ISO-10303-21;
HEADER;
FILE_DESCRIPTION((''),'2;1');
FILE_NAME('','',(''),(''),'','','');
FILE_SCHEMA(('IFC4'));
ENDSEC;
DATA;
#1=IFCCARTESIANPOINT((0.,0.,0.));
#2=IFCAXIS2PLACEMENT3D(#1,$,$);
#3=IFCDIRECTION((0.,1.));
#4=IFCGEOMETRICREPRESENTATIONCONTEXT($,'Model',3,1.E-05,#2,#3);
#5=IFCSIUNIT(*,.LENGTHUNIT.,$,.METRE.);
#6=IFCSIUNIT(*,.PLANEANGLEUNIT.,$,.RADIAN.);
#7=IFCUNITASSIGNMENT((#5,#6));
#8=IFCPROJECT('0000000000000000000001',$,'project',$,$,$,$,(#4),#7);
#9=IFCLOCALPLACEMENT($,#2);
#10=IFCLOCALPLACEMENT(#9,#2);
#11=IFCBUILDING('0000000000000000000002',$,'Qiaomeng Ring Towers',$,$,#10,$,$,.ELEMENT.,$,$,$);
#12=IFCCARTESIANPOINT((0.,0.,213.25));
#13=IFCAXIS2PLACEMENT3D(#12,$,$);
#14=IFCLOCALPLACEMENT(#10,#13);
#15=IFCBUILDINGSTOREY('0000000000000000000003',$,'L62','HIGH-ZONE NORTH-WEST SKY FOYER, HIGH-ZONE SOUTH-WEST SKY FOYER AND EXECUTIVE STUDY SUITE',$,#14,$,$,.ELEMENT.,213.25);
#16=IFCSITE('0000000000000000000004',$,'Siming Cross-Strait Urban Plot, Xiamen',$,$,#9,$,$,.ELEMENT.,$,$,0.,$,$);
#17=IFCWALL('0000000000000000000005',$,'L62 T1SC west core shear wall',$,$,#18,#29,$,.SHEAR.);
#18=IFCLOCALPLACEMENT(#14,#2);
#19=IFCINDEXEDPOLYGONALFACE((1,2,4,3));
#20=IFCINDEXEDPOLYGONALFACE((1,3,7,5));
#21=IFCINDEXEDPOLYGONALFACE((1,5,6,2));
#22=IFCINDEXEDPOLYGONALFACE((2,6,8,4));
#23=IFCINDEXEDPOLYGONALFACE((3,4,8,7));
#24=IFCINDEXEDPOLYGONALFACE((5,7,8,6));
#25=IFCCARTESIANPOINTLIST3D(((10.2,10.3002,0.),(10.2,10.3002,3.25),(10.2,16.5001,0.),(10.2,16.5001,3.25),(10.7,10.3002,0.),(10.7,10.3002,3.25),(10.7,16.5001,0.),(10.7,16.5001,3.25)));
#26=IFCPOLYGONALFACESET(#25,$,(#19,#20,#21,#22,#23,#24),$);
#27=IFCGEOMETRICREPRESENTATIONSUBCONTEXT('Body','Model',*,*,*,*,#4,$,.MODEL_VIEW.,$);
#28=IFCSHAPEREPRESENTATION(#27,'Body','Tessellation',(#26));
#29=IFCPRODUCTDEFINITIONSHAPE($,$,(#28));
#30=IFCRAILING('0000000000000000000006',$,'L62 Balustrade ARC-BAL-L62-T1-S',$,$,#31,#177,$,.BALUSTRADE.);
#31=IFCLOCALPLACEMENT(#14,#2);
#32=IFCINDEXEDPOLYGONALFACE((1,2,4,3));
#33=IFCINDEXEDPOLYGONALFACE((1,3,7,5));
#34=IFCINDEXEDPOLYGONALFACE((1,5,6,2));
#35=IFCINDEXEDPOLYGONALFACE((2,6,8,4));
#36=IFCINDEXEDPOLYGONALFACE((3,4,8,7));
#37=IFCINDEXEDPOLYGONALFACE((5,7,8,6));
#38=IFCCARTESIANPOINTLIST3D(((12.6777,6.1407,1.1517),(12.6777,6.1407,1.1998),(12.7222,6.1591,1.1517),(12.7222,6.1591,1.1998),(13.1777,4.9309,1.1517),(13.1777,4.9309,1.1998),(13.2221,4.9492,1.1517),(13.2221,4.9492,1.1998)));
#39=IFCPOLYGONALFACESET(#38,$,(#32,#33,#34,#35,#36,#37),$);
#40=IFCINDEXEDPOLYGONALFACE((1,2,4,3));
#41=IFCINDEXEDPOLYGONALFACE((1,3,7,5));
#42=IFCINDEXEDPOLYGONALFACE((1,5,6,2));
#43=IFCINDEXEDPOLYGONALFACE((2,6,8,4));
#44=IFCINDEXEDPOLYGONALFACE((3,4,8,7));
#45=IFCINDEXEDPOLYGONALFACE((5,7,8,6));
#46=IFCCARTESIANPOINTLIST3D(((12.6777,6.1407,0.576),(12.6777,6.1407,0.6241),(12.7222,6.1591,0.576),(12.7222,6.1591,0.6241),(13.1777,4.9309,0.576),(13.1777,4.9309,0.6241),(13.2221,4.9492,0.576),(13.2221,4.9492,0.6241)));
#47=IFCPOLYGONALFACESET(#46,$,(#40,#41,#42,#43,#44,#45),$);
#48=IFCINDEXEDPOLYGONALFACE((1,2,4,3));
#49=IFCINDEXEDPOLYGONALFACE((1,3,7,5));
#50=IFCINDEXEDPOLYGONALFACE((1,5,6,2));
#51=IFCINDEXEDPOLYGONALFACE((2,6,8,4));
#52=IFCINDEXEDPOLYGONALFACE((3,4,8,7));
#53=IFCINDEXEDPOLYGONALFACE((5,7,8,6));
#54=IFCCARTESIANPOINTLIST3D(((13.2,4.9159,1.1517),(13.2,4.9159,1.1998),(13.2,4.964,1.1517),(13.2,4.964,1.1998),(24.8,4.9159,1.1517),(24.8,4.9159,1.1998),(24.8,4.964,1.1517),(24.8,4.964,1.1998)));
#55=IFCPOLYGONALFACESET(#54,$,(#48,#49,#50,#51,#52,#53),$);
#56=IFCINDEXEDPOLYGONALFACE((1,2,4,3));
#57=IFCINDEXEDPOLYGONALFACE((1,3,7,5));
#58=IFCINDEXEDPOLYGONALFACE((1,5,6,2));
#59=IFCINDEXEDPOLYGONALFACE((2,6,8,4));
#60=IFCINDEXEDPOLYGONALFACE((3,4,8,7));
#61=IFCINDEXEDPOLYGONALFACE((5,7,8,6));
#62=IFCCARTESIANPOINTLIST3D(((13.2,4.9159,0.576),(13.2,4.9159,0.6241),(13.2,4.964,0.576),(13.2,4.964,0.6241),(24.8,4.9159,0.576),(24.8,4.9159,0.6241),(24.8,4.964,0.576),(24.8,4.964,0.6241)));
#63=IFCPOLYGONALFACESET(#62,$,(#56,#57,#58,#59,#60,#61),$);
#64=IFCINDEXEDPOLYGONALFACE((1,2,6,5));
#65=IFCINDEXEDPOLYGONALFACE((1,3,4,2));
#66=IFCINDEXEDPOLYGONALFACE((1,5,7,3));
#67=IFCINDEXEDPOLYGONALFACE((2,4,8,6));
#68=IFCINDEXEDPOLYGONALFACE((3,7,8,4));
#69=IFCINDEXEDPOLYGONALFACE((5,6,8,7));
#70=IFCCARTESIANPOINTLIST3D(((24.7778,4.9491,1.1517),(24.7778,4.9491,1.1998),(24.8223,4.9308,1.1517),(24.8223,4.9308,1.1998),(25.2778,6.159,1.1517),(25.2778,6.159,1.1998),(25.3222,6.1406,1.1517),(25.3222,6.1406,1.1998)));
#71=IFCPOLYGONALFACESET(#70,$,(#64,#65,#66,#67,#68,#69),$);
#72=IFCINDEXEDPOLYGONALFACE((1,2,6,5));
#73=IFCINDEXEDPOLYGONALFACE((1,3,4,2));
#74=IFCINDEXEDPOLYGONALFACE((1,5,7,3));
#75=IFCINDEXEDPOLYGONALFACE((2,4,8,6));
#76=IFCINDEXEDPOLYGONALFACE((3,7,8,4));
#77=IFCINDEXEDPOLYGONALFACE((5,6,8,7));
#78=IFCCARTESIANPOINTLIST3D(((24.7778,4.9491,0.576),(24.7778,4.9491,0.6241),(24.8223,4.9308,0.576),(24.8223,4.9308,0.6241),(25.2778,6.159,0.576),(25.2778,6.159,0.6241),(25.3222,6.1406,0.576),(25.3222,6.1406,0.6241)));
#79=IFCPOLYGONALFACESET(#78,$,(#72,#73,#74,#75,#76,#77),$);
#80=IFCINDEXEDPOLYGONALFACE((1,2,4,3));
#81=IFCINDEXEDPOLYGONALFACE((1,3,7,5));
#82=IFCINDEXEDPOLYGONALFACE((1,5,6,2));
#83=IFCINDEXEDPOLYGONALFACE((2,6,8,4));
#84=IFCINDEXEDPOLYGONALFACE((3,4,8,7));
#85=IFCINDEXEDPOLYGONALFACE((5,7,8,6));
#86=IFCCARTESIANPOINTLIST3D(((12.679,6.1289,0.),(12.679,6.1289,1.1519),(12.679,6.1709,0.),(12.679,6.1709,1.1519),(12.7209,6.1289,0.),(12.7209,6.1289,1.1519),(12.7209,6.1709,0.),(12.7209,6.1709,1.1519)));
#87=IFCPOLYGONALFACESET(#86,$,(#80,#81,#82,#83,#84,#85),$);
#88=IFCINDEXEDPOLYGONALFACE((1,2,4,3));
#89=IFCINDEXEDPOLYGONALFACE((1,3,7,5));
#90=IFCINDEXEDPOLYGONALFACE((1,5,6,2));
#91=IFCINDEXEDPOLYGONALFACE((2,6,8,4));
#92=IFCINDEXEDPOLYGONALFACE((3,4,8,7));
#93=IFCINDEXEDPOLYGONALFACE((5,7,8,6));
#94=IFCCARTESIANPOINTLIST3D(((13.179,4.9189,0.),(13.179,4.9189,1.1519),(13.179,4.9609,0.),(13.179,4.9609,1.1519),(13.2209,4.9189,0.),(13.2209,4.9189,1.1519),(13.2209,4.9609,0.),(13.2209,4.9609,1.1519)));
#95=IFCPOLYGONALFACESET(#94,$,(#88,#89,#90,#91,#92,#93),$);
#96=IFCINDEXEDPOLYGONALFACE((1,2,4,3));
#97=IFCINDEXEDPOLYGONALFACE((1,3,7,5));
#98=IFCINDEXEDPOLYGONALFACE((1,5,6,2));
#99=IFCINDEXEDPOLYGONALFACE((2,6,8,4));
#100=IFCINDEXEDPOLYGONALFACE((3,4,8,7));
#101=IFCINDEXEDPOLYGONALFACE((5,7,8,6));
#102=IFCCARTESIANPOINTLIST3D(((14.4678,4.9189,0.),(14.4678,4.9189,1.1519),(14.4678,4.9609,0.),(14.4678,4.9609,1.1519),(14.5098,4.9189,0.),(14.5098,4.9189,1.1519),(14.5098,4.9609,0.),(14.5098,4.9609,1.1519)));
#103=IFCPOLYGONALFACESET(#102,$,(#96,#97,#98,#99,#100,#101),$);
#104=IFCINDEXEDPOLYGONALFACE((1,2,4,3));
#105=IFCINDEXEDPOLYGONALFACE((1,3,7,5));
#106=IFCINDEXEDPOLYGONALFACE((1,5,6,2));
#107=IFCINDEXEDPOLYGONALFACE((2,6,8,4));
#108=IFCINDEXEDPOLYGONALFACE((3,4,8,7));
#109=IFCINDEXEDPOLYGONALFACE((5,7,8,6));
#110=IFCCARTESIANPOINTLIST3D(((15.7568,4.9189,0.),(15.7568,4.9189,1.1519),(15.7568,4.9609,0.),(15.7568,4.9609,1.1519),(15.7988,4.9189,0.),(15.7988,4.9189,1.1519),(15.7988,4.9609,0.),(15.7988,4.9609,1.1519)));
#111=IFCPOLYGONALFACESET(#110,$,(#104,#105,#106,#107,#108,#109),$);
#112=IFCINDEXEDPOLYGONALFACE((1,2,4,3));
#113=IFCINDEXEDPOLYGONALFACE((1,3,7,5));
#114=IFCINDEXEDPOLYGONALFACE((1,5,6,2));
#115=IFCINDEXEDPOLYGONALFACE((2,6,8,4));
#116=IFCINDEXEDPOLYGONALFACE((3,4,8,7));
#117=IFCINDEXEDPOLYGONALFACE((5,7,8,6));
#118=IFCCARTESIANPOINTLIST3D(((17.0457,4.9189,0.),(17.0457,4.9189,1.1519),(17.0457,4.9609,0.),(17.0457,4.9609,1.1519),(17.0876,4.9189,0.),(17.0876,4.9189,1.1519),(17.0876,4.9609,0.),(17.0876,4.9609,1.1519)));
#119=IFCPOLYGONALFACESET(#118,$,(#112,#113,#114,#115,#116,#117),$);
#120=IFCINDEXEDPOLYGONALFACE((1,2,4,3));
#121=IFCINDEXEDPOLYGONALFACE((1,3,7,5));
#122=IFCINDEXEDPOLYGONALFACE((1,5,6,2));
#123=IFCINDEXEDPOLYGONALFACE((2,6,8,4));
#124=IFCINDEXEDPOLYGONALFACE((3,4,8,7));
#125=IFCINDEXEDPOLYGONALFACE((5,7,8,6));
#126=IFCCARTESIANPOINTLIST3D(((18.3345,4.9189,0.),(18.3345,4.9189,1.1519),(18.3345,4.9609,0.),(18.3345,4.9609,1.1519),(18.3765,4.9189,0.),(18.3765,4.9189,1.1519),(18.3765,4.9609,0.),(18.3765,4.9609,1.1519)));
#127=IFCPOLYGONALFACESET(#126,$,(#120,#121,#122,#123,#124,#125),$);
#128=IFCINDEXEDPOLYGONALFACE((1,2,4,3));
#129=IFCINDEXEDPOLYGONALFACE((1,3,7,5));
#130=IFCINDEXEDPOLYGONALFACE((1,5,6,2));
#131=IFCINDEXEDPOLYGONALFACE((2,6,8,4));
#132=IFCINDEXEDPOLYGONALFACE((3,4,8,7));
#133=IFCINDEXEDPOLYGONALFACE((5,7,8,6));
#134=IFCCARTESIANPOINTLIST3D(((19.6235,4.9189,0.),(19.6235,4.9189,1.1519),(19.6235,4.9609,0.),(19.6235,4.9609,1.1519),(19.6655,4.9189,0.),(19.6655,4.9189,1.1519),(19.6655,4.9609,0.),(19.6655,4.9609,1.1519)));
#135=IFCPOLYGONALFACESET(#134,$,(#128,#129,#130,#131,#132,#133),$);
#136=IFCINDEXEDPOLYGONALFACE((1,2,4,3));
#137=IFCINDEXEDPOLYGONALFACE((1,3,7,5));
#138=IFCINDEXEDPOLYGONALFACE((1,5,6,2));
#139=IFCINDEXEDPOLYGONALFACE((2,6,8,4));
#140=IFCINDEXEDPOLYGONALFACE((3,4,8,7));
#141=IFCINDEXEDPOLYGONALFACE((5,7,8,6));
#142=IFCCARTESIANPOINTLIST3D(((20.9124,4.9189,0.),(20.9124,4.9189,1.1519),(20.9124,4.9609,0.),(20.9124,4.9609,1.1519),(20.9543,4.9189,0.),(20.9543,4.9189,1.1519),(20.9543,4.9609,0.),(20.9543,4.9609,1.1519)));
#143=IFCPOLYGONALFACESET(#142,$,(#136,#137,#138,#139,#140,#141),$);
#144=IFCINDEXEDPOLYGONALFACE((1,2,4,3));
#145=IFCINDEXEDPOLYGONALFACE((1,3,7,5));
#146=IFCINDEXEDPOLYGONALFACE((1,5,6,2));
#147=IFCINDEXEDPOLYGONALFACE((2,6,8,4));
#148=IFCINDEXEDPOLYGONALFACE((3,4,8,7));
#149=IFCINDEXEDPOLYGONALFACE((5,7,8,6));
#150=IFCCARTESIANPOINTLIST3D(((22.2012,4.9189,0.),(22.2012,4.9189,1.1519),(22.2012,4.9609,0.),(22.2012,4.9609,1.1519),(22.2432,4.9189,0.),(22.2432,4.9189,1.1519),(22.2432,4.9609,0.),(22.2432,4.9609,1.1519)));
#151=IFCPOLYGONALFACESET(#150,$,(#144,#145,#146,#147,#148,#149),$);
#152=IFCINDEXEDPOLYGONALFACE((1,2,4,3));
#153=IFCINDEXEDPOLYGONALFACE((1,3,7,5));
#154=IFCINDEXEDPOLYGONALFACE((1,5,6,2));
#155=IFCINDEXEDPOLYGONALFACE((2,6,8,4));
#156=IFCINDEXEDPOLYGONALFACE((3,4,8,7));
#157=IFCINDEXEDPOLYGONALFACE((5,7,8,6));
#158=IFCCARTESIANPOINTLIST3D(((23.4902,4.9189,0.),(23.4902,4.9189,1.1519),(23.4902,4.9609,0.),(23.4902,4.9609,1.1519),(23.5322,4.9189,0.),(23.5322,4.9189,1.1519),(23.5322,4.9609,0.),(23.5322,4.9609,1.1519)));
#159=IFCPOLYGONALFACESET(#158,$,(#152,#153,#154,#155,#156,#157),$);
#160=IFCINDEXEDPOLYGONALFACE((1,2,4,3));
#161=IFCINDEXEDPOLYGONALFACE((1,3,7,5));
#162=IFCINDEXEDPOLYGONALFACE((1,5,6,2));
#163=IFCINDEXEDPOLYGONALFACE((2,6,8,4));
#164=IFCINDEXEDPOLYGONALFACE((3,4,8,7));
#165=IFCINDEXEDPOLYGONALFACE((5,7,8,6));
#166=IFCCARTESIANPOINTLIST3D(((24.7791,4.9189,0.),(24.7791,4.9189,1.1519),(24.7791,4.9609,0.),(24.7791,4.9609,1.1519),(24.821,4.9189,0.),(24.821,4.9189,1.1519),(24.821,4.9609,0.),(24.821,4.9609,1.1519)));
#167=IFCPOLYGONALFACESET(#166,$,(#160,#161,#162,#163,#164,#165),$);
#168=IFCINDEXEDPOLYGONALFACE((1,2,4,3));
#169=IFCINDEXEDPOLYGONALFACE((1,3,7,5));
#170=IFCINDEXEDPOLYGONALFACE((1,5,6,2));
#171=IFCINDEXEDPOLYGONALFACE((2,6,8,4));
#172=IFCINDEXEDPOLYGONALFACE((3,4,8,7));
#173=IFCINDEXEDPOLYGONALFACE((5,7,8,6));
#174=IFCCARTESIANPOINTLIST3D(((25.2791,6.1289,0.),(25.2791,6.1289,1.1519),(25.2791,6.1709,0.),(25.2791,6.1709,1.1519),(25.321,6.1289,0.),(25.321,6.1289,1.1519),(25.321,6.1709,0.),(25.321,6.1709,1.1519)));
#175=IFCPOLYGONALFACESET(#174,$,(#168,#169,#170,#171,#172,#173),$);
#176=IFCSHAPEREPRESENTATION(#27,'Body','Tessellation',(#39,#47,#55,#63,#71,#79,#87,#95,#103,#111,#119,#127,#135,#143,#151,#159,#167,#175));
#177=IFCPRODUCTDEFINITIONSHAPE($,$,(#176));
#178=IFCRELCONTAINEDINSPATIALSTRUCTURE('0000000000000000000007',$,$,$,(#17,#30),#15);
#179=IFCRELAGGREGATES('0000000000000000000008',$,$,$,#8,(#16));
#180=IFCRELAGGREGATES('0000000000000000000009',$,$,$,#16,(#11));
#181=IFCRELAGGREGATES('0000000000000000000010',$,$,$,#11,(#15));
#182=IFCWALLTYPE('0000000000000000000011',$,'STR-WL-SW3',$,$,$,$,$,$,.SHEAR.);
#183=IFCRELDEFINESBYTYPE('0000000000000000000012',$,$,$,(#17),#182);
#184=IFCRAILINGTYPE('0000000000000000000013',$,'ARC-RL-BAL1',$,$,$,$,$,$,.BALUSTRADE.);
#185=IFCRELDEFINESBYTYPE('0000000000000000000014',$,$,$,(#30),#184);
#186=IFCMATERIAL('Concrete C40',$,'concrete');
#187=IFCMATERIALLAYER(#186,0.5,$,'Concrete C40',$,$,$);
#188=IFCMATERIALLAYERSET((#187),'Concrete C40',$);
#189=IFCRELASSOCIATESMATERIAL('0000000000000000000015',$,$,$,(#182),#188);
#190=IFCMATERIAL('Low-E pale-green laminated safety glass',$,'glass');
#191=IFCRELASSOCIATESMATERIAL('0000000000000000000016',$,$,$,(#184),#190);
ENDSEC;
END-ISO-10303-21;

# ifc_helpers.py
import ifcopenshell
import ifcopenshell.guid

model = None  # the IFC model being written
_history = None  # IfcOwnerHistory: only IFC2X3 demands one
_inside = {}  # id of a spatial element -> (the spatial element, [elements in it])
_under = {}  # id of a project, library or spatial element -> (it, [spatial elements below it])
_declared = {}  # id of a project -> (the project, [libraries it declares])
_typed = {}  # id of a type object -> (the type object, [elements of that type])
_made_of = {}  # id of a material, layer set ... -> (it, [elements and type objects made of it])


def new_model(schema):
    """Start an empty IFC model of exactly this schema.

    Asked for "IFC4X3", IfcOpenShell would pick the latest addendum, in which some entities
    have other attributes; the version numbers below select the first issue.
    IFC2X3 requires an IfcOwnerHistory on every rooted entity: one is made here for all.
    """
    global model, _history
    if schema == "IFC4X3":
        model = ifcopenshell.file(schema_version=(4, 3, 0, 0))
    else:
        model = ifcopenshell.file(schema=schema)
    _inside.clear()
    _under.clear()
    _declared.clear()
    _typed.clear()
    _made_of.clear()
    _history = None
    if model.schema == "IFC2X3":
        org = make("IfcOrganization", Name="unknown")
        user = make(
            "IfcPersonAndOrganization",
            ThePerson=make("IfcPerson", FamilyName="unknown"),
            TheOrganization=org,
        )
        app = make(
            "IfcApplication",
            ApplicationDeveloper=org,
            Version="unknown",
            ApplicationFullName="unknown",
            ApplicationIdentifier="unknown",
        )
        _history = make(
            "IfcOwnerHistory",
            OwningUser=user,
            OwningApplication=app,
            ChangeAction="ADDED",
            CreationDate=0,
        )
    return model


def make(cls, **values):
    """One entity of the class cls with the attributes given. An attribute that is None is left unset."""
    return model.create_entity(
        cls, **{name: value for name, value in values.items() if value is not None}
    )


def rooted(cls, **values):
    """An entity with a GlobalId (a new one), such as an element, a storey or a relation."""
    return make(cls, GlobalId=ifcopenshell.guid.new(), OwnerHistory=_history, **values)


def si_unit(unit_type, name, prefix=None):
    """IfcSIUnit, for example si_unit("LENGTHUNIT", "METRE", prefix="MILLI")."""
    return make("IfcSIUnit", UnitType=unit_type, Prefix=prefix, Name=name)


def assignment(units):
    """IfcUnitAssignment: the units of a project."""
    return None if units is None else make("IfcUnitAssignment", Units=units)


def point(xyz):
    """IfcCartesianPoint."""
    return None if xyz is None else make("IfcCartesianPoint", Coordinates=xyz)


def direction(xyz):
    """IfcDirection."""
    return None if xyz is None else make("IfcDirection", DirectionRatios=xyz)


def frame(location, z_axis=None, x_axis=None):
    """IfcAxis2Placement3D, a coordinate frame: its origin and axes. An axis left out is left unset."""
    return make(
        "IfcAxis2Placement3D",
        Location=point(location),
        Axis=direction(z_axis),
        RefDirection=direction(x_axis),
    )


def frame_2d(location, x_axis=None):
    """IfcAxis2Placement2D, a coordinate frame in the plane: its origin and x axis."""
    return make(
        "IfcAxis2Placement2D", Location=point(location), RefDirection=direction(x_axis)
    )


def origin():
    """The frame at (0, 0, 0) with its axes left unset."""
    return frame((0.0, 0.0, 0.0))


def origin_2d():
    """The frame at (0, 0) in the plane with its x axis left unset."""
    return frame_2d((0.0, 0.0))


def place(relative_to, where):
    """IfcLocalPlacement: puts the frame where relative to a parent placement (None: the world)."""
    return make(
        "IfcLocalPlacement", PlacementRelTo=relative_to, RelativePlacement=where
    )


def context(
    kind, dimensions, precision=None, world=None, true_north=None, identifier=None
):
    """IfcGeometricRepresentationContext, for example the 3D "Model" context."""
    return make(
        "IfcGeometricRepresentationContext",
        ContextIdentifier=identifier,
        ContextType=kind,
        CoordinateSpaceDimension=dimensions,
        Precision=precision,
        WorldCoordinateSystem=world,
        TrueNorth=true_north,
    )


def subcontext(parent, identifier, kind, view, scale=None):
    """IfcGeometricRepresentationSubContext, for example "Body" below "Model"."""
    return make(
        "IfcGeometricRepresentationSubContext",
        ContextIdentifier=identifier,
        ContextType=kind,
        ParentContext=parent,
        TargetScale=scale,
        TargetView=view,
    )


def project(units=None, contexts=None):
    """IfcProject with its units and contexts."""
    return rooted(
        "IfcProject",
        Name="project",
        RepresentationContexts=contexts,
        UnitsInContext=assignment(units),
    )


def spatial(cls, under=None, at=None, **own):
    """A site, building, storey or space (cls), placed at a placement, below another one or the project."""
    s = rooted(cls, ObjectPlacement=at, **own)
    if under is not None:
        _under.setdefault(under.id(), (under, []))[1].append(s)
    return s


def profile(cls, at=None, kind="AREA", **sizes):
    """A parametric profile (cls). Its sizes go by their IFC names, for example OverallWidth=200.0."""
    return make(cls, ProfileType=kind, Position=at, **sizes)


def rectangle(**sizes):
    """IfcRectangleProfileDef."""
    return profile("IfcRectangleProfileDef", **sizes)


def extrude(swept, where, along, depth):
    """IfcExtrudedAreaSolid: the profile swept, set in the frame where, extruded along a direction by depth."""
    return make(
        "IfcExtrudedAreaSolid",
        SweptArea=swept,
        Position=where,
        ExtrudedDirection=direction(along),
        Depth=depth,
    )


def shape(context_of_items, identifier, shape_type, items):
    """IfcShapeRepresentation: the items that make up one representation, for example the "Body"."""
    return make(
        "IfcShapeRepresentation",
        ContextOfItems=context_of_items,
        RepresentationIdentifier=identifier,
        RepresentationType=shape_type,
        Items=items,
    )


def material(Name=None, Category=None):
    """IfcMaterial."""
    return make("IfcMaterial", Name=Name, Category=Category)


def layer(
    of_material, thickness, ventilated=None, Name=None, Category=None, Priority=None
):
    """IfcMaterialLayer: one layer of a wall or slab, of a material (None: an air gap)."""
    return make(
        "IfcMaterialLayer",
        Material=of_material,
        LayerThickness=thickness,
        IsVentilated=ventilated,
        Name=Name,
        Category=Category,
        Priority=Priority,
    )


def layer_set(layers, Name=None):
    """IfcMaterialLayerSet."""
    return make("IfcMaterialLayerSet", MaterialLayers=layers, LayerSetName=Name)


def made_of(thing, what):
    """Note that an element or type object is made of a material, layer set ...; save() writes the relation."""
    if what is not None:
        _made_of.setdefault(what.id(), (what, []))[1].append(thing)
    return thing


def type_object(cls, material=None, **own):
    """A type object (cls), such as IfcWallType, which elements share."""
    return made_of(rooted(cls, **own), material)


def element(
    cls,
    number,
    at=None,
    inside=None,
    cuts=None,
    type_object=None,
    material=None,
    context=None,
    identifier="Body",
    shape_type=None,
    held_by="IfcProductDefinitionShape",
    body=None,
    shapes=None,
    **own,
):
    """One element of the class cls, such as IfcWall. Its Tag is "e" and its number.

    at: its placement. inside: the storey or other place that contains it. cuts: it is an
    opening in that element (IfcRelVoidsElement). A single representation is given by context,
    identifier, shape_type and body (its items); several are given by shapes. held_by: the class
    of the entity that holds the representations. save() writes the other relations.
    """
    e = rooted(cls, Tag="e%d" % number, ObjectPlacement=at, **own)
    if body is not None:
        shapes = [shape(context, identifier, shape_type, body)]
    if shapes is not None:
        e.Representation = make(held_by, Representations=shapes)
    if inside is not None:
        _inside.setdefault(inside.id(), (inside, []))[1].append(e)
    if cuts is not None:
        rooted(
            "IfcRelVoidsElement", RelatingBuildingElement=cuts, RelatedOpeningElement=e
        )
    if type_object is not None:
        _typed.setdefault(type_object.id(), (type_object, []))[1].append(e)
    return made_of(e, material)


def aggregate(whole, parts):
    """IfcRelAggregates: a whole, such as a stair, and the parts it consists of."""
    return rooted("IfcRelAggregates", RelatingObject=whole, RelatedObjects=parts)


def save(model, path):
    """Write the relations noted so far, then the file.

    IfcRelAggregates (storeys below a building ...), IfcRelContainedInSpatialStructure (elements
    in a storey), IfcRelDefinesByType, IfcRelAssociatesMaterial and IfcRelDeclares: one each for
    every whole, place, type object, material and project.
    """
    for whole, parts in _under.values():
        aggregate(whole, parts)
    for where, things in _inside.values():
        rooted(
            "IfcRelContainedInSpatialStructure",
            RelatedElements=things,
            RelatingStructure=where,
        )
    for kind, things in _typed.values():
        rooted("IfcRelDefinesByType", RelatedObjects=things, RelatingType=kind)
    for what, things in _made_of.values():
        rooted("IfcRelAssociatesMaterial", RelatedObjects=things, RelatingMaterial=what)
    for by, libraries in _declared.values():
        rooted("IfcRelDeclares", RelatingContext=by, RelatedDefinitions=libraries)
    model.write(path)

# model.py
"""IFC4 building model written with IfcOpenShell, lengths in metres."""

from ifc_helpers import new_model, si_unit, direction, frame, frame_2d, origin, origin_2d, place, context, subcontext, project, spatial, rectangle, extrude, material, layer, layer_set, type_object, element, save


model = new_model("IFC4")

# Units and contexts
model_context = context("Model", 3, precision=1e-05, world=origin(), true_north=direction((0.0, 1.0)))
body_context = subcontext(model_context, "Body", "Model", "MODEL_VIEW")
ifc_project = project(units=[si_unit("LENGTHUNIT", "METRE"), si_unit("PLANEANGLEUNIT", "RADIAN")], contexts=[model_context])

# Site, building, storey
site_placement = place(None, origin())
site = spatial("IfcSite", under=ifc_project, at=site_placement, Name="Siming Cross-Strait Urban Plot, Xiamen", CompositionType="ELEMENT", RefElevation=0.0)
building_placement = place(site_placement, origin())
building = spatial("IfcBuilding", under=site, at=building_placement, Name="Qiaomeng Ring Towers", CompositionType="ELEMENT")
storey_placement = place(building_placement, frame((0.0, 0.0, 213.25)))
storey = spatial("IfcBuildingStorey", under=building, at=storey_placement, Name="L62", Description="HIGH-ZONE NORTH-WEST SKY FOYER, HIGH-ZONE SOUTH-WEST SKY FOYER AND EXECUTIVE STUDY SUITE", CompositionType="ELEMENT", Elevation=213.25)

# Shared definitions
ifc_material_1 = material(Name="Concrete C40", Category="concrete")

# Shared definitions
ifc_layer_1 = layer(ifc_material_1, 0.5, Name="Concrete C40")
ifc_layer_set_1 = layer_set([ifc_layer_1], Name="Concrete C40")
wall_type_1 = type_object("IfcWallType", Name="STR-WL-SW3", PredefinedType="SHEAR", material=ifc_layer_set_1)

# Wall
wall_1_placement = place(storey_placement, frame((10.45, 10.3, 0.0), z_axis=(0.0, 0.0, 1.0), x_axis=(0.0, 1.0, 0.0)))
element("IfcWall", 1, at=wall_1_placement, inside=storey, type_object=wall_type_1, Name="L62 T1SC west core shear wall", PredefinedType="SHEAR", context=body_context, shape_type="SweptSolid", body=[
    extrude(rectangle(XDim=6.2, YDim=0.5, at=frame_2d((3.1001, 0.0))), origin(), (0.0, 0.0, 1.0), 3.25),
])

# Railing
ifc_material_2 = material(Name="Low-E pale-green laminated safety glass", Category="glass")
railing_type = type_object("IfcRailingType", Name="ARC-RL-BAL1", PredefinedType="BALUSTRADE", material=ifc_material_2)
railing_placement = place(storey_placement, frame((12.7, 6.1499, 0.0)))
element("IfcRailing", 2, at=railing_placement, inside=storey, type_object=railing_type, Name="L62 Balustrade ARC-BAL-L62-T1-S", PredefinedType="BALUSTRADE", context=body_context, shape_type="SweptSolid", body=[
    extrude(rectangle(XDim=0.0481, YDim=0.0481, at=origin_2d()), frame((0.0, 0.0, 1.1758), z_axis=(0.381913, -0.924198, 0.0), x_axis=(0.924198, 0.381913, 0.0)), (0.0, 0.0, 1.0), 1.3091),
    extrude(rectangle(XDim=0.0481, YDim=0.0481, at=origin_2d()), frame((0.0, 0.0, 0.6001), z_axis=(0.381913, -0.924198, 0.0), x_axis=(0.924198, 0.381913, 0.0)), (0.0, 0.0, 1.0), 1.3091),
    extrude(rectangle(XDim=0.0481, YDim=0.0481, at=origin_2d()), frame((0.5, -1.21, 1.1758), z_axis=(1.0, 0.0, 0.0), x_axis=(0.0, 1.0, 0.0)), (0.0, 0.0, 1.0), 11.6001),
    extrude(rectangle(XDim=0.0481, YDim=0.0481, at=origin_2d()), frame((0.5, -1.21, 0.6001), z_axis=(1.0, 0.0, 0.0), x_axis=(0.0, 1.0, 0.0)), (0.0, 0.0, 1.0), 11.6001),
    extrude(rectangle(XDim=0.0481, YDim=0.0481, at=origin_2d()), frame((12.1001, -1.21, 1.1758), z_axis=(0.381913, 0.924198, 0.0), x_axis=(-0.924198, 0.381913, 0.0)), (0.0, 0.0, 1.0), 1.3091),
    extrude(rectangle(XDim=0.0481, YDim=0.0481, at=origin_2d()), frame((12.1001, -1.21, 0.6001), z_axis=(0.381913, 0.924198, 0.0), x_axis=(-0.924198, 0.381913, 0.0)), (0.0, 0.0, 1.0), 1.3091),
    extrude(rectangle(XDim=0.042, YDim=0.042, at=origin_2d()), origin(), (0.0, 0.0, 1.0), 1.1519),
    extrude(rectangle(XDim=0.042, YDim=0.042, at=origin_2d()), frame((0.5, -1.21, 0.0)), (0.0, 0.0, 1.0), 1.1519),
    extrude(rectangle(XDim=0.042, YDim=0.042, at=origin_2d()), frame((1.7888, -1.21, 0.0)), (0.0, 0.0, 1.0), 1.1519),
    extrude(rectangle(XDim=0.042, YDim=0.042, at=origin_2d()), frame((3.0779, -1.21, 0.0)), (0.0, 0.0, 1.0), 1.1519),
    extrude(rectangle(XDim=0.042, YDim=0.042, at=origin_2d()), frame((4.3667, -1.21, 0.0)), (0.0, 0.0, 1.0), 1.1519),
    extrude(rectangle(XDim=0.042, YDim=0.042, at=origin_2d()), frame((5.6555, -1.21, 0.0)), (0.0, 0.0, 1.0), 1.1519),
    extrude(rectangle(XDim=0.042, YDim=0.042, at=origin_2d()), frame((6.9446, -1.21, 0.0)), (0.0, 0.0, 1.0), 1.1519),
    extrude(rectangle(XDim=0.042, YDim=0.042, at=origin_2d()), frame((8.2334, -1.21, 0.0)), (0.0, 0.0, 1.0), 1.1519),
    extrude(rectangle(XDim=0.042, YDim=0.042, at=origin_2d()), frame((9.5222, -1.21, 0.0)), (0.0, 0.0, 1.0), 1.1519),
    extrude(rectangle(XDim=0.042, YDim=0.042, at=origin_2d()), frame((10.8113, -1.21, 0.0)), (0.0, 0.0, 1.0), 1.1519),
    extrude(rectangle(XDim=0.042, YDim=0.042, at=origin_2d()), frame((12.1001, -1.21, 0.0)), (0.0, 0.0, 1.0), 1.1519),
    extrude(rectangle(XDim=0.042, YDim=0.042, at=origin_2d()), frame((12.6001, 0.0, 0.0)), (0.0, 0.0, 1.0), 1.1519),
])

save(model, "model.ifc")
